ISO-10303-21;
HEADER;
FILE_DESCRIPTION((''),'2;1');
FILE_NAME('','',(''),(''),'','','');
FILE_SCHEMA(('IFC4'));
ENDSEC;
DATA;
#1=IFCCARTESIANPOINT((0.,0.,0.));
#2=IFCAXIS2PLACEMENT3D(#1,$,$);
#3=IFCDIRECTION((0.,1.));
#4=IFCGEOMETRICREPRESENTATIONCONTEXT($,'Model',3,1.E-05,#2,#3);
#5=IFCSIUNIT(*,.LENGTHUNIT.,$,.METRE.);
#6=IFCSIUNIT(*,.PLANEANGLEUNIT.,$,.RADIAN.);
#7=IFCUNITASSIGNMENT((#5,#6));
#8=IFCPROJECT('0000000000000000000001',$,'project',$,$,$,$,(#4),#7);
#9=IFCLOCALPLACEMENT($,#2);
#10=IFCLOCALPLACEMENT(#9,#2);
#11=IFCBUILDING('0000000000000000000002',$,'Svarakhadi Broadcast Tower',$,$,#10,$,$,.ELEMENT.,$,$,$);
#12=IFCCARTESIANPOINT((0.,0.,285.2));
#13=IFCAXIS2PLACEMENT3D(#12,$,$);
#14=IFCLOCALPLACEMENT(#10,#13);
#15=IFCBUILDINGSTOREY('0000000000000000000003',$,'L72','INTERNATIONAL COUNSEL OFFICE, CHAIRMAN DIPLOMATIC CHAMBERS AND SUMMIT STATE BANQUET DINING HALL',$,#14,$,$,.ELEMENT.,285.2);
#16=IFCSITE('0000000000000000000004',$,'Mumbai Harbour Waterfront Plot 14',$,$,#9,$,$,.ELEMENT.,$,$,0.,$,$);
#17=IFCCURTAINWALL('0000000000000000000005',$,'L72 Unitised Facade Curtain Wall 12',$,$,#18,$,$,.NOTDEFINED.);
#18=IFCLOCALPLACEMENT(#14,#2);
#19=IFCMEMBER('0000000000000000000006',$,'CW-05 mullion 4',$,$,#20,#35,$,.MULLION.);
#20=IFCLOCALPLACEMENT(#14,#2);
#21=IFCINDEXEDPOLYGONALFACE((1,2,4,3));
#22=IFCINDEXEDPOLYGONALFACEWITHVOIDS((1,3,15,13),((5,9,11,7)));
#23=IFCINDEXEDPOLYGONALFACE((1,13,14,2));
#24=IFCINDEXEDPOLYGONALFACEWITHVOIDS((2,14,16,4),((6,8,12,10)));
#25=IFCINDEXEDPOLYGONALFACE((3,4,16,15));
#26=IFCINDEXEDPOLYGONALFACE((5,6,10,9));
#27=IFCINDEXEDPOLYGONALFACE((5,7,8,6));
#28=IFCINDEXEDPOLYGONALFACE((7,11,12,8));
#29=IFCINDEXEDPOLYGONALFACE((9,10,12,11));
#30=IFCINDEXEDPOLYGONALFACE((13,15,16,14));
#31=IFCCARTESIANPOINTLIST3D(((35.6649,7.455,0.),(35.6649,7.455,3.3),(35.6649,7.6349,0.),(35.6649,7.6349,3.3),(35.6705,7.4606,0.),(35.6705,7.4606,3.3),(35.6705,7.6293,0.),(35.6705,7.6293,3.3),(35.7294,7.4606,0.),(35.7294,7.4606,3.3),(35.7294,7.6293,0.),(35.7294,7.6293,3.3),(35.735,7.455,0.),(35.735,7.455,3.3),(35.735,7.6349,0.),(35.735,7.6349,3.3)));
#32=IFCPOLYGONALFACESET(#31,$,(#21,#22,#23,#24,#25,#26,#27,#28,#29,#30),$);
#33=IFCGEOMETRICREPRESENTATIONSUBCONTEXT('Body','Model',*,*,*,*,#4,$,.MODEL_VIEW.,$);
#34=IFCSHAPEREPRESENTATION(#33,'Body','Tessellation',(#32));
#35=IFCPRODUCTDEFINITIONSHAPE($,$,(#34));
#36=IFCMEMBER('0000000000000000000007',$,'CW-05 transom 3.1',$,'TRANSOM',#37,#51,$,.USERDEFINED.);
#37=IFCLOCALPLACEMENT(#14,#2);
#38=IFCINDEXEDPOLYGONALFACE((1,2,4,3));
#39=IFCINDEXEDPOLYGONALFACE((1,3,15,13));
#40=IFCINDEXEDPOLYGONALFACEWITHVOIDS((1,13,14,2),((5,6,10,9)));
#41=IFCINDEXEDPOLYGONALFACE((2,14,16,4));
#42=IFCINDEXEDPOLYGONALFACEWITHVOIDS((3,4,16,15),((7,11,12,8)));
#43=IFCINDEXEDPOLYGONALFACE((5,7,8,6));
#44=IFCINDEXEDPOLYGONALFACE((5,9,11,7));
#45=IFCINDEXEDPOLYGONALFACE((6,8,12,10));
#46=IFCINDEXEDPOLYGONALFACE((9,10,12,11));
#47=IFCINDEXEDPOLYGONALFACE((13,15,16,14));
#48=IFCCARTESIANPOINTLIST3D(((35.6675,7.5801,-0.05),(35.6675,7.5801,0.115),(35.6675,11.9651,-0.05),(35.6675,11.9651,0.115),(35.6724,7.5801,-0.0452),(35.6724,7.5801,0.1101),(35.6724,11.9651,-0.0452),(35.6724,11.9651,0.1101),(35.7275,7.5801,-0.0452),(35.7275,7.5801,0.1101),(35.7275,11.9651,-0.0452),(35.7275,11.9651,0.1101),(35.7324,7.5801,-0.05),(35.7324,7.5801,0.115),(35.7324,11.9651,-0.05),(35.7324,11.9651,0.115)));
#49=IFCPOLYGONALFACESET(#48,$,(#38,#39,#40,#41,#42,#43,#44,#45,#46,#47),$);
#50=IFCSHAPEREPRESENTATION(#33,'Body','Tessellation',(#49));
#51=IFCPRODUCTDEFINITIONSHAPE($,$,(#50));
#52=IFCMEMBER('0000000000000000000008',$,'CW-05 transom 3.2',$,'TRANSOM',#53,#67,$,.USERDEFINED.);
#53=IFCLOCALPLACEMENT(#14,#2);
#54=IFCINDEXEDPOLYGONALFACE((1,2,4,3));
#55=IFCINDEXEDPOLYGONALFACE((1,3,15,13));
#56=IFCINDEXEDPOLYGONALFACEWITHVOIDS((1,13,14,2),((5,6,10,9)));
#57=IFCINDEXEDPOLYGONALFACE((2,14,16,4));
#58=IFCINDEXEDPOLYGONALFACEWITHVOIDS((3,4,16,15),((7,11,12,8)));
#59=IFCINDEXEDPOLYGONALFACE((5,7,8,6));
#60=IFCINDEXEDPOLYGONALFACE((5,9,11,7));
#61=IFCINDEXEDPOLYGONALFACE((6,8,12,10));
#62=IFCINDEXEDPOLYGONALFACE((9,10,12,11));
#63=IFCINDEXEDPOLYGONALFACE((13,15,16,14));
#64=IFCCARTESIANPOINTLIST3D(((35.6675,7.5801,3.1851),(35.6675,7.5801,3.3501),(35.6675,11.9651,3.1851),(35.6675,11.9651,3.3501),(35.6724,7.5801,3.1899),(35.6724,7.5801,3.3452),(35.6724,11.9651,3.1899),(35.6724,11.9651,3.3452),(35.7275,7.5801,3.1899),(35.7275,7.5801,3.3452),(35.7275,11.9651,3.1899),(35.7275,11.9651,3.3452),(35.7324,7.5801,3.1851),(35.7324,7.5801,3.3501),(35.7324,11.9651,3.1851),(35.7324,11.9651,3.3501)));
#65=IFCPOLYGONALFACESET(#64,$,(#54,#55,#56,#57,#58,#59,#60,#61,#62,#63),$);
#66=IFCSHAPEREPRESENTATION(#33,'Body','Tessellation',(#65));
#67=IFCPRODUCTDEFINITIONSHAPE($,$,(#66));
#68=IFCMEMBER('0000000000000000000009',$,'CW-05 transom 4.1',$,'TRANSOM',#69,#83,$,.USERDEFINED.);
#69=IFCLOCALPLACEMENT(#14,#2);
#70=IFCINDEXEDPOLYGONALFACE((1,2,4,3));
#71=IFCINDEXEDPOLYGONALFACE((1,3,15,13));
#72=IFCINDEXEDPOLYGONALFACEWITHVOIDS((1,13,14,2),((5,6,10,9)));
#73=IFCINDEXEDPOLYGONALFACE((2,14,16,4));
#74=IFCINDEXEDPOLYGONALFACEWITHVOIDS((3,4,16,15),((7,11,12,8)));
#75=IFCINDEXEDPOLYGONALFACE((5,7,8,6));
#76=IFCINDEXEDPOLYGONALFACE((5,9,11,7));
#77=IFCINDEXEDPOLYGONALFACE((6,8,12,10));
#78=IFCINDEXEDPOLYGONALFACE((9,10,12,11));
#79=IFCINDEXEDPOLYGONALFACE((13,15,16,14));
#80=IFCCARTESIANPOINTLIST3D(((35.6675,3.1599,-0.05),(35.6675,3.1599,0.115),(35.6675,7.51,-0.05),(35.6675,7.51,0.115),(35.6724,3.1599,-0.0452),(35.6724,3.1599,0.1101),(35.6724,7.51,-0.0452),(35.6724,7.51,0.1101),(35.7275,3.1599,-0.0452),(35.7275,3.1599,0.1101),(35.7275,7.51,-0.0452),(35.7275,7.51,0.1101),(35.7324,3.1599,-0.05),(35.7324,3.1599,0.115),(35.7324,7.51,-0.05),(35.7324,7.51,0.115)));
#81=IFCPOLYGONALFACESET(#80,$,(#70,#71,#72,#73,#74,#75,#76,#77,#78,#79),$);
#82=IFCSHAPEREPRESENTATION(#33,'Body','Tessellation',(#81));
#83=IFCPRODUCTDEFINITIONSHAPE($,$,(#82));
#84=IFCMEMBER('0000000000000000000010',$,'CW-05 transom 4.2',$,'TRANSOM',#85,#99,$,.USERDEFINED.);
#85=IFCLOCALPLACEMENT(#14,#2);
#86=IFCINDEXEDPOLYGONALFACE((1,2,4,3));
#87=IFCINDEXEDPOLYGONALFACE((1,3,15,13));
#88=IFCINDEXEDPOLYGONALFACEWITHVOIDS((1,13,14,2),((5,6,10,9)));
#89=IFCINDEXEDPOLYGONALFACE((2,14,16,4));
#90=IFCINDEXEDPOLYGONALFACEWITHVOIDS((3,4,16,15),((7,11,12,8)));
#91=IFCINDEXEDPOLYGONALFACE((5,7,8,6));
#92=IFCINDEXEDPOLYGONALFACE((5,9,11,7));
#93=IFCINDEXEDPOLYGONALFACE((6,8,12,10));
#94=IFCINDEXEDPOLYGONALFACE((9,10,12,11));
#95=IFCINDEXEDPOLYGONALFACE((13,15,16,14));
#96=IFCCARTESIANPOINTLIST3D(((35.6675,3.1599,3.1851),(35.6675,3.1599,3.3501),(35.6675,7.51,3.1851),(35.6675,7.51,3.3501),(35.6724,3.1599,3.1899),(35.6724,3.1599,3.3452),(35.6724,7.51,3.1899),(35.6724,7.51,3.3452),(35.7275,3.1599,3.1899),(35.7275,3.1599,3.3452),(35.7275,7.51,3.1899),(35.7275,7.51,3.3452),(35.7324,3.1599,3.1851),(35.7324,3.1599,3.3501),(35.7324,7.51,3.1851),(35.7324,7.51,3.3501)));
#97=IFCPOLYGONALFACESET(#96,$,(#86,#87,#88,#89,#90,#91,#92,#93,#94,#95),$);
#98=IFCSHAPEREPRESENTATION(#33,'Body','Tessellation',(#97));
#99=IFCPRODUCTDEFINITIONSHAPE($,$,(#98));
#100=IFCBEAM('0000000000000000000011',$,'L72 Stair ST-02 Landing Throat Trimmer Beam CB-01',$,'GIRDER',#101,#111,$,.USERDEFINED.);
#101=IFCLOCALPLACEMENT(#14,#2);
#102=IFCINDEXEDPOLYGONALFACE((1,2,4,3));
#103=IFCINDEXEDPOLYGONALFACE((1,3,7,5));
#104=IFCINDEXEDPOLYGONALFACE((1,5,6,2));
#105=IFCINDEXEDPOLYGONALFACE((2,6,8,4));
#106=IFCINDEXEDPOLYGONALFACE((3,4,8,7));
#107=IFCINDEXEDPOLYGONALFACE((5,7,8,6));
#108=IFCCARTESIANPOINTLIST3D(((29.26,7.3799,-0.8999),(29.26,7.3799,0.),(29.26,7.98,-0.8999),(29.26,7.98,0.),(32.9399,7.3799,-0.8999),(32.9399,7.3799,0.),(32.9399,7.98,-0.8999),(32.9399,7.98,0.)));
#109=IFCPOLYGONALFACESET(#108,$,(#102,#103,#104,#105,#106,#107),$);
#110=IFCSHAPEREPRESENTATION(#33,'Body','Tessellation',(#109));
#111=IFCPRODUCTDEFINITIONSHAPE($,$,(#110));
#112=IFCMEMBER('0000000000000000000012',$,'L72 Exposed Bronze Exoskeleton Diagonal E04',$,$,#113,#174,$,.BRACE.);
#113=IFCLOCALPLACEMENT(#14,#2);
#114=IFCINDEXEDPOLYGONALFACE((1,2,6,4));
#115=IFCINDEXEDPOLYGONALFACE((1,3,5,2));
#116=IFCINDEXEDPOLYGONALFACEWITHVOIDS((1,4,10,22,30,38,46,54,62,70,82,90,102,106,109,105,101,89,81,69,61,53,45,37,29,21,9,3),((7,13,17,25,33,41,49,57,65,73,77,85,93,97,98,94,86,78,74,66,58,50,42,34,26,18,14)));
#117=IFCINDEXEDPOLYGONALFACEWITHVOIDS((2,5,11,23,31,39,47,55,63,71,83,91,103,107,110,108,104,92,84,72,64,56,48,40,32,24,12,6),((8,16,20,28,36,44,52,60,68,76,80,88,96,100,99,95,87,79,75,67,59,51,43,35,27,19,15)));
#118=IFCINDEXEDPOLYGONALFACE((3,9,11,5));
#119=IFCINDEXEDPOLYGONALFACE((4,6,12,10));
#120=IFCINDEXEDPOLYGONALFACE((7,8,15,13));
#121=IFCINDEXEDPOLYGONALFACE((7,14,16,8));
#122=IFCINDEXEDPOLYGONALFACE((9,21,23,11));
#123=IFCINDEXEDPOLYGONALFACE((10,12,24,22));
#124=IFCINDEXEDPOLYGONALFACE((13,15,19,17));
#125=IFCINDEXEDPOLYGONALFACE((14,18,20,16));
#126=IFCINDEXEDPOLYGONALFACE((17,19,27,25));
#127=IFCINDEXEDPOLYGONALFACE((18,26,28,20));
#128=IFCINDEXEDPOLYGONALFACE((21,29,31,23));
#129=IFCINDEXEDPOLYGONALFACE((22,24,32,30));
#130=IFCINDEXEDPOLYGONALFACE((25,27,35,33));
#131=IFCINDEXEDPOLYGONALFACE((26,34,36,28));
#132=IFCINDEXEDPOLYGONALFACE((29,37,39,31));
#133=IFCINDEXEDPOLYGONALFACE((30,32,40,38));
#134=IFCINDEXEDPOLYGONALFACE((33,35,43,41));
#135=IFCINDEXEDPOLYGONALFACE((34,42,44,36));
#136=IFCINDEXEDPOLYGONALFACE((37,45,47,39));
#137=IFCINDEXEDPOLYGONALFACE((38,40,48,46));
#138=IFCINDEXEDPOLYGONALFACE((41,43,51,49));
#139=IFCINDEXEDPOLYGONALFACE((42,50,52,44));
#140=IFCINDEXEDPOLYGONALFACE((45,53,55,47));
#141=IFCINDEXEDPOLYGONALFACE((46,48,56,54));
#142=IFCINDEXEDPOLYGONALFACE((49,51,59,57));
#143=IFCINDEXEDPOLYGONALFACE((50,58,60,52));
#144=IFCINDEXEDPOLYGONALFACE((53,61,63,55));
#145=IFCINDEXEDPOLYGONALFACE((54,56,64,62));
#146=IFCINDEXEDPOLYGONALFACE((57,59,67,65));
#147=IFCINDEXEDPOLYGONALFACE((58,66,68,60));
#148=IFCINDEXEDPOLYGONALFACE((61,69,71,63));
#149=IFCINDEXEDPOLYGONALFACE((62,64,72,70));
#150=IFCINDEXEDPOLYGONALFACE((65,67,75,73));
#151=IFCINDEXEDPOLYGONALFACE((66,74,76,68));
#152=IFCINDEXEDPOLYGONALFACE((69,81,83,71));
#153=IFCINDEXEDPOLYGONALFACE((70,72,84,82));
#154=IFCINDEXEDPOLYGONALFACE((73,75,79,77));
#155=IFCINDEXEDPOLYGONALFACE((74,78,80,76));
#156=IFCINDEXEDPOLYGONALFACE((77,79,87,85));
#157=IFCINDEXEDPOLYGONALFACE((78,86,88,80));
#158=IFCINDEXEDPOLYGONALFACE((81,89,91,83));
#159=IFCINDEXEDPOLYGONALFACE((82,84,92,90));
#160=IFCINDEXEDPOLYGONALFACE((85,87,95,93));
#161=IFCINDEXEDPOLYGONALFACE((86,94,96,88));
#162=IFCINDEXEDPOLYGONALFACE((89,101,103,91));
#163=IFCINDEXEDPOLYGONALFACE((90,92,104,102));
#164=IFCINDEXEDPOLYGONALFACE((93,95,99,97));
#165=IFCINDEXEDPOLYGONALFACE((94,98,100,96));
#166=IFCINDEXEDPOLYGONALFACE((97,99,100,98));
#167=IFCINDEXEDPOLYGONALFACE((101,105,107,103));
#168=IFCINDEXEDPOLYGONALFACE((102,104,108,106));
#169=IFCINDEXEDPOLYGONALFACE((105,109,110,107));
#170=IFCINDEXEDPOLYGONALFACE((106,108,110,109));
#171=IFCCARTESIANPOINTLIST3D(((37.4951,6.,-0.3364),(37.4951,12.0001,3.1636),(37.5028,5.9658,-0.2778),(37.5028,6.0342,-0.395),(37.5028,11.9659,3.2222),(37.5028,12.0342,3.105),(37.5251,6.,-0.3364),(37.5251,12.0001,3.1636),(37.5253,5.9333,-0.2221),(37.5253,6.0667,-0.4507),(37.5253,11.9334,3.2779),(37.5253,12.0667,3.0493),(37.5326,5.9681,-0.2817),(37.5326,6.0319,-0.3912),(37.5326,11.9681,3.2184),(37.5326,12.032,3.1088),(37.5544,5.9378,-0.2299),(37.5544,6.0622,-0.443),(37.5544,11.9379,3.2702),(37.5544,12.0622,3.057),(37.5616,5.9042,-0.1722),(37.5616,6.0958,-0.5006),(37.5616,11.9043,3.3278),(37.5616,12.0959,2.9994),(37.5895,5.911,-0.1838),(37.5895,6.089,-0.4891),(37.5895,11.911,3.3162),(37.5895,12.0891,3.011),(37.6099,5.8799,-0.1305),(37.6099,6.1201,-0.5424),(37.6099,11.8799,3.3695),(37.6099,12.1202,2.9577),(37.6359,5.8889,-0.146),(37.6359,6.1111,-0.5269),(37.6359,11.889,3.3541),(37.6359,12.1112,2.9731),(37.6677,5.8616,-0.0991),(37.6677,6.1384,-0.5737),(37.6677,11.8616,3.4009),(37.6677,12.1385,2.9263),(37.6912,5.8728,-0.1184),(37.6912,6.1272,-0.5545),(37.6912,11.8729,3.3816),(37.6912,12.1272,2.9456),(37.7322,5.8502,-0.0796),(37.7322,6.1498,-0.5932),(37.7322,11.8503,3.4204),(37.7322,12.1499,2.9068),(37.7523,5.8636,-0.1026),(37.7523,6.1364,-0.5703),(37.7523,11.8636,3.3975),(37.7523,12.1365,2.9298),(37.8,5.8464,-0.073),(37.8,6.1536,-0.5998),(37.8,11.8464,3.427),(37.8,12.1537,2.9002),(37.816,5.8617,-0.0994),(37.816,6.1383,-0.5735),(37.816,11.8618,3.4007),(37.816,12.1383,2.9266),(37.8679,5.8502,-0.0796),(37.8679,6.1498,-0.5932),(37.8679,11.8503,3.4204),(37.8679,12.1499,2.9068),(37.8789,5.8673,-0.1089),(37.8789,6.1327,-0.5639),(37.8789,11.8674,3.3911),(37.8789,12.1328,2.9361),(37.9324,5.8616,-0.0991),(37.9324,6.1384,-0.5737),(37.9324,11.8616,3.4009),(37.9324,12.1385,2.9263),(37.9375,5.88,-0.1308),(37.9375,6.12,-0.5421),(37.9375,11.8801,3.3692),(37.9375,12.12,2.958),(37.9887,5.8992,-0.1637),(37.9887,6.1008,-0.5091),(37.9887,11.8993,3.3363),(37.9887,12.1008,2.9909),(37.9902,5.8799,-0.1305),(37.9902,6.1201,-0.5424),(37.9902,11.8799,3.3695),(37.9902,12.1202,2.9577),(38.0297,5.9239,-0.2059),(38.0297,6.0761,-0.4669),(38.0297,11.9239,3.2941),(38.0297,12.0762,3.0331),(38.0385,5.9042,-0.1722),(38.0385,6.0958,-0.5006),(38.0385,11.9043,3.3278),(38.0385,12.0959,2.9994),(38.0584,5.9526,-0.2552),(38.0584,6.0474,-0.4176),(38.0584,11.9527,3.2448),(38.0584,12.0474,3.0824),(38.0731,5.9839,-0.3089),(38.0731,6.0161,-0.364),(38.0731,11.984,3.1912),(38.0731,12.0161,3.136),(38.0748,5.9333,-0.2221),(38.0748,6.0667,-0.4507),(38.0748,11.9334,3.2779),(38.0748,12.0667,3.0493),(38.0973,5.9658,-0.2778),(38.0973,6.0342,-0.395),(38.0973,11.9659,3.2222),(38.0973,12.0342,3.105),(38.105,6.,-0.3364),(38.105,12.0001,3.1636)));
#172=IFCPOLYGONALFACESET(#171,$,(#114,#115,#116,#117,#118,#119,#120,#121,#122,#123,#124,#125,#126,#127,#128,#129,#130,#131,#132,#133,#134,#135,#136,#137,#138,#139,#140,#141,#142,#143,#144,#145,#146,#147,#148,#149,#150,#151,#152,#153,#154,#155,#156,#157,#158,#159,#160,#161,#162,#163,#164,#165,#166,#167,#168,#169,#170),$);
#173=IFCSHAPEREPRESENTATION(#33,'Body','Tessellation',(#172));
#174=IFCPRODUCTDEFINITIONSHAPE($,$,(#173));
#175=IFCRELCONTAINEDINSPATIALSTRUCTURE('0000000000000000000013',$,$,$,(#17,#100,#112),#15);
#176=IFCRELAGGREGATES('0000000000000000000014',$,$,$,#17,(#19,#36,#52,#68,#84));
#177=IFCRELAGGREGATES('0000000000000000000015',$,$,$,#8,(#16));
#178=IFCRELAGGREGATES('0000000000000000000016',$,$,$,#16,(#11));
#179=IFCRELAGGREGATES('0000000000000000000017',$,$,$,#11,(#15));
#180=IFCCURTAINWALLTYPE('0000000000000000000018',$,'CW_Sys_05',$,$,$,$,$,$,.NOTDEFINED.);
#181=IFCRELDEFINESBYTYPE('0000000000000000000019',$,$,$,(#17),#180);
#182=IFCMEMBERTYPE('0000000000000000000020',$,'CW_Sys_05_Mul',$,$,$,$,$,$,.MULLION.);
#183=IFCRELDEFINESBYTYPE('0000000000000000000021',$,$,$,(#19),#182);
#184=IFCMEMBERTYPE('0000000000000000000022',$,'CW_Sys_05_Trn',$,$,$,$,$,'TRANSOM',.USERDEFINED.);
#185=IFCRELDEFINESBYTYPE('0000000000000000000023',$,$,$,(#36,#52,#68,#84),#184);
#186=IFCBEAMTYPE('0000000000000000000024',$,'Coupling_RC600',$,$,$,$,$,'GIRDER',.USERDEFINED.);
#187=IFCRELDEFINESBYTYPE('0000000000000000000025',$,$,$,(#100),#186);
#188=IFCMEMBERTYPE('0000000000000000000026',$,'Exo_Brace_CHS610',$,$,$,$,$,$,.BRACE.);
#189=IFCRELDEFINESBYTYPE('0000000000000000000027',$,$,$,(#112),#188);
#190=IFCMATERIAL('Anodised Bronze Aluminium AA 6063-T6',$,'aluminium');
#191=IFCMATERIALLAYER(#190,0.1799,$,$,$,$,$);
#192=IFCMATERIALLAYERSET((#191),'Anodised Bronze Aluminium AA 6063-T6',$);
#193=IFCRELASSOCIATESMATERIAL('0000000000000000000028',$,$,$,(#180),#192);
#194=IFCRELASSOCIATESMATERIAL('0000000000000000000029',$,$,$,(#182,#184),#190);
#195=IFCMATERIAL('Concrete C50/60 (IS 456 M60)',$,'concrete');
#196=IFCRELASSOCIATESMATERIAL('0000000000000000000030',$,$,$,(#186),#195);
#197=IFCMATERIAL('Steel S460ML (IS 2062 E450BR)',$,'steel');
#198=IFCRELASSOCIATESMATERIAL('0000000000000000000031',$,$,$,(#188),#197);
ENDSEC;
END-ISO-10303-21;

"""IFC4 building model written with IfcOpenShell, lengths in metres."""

from ifc_helpers import new_model, si_unit, direction, frame, origin, origin_2d, place, context, subcontext, project, spatial, rectangle, hollow_rectangle, hollow_circle, extrude, material, layer, layer_set, material_profile, profile_set, type_object, element, aggregate, save


model = new_model("IFC4")

# Units and contexts
model_context = context("Model", 3, precision=1e-05, world=origin(), true_north=direction((0.0, 1.0)))
body_context = subcontext(model_context, "Body", "Model", "MODEL_VIEW")
ifc_project = project(units=[si_unit("LENGTHUNIT", "METRE"), si_unit("PLANEANGLEUNIT", "RADIAN")], contexts=[model_context])

# Site, building, storey
site_placement = place(None, origin())
site = spatial("IfcSite", under=ifc_project, at=site_placement, Name="Mumbai Harbour Waterfront Plot 14", CompositionType="ELEMENT", RefElevation=0.0)
building_placement = place(site_placement, origin())
building = spatial("IfcBuilding", under=site, at=building_placement, Name="Svarakhadi Broadcast Tower", CompositionType="ELEMENT")
storey_placement = place(building_placement, frame((0.0, 0.0, 285.2)))
storey = spatial("IfcBuildingStorey", under=building, at=storey_placement, Name="L72", Description="INTERNATIONAL COUNSEL OFFICE, CHAIRMAN DIPLOMATIC CHAMBERS AND SUMMIT STATE BANQUET DINING HALL", CompositionType="ELEMENT", Elevation=285.2)

# Curtain wall, members
ifc_material_1 = material(Name="Anodised Bronze Aluminium AA 6063-T6", Category="aluminium")
ifc_layer_1 = layer(ifc_material_1, 0.1799)
ifc_layer_set_1 = layer_set([ifc_layer_1], Name="Anodised Bronze Aluminium AA 6063-T6")
curtain_wall_type = type_object("IfcCurtainWallType", Name="CW_Sys_05", PredefinedType="NOTDEFINED", material=ifc_layer_set_1)
curtain_wall_placement = place(storey_placement, origin())
curtain_wall = element("IfcCurtainWall", 1, at=curtain_wall_placement, inside=storey, type_object=curtain_wall_type, Name="L72 Unitised Facade Curtain Wall 12", PredefinedType="NOTDEFINED")
ifc_material_profile_1 = material_profile(ifc_material_1, hollow_rectangle(XDim=0.0701, YDim=0.1799, WallThickness=0.0056, at=origin_2d()), Name="ALU MULLION 180x70x6")
ifc_profile_set_1 = profile_set([ifc_material_profile_1], Name="Anodised Bronze Aluminium AA 6063-T6")
member_type_1 = type_object("IfcMemberType", Name="CW_Sys_05_Mul", PredefinedType="MULLION", material=ifc_profile_set_1)
member_1_placement = place(storey_placement, frame((35.7, 7.5449, 0.0), z_axis=(0.0, 0.0, 1.0), x_axis=(1.0, 0.0, 0.0)))
member_1 = element("IfcMember", 2, at=member_1_placement, type_object=member_type_1, Name="CW-05 mullion 4", PredefinedType="MULLION", context=body_context, shape_type="SweptSolid", body=[
    extrude(hollow_rectangle(XDim=0.0701, YDim=0.1799, WallThickness=0.0056, at=origin_2d()), origin(), (0.0, 0.0, 1.0), 3.3),
])
ifc_material_profile_2 = material_profile(ifc_material_1, hollow_rectangle(XDim=0.0649, YDim=0.165, WallThickness=0.0049, at=origin_2d()), Name="ALU TRANSOM 165x65x5")
ifc_profile_set_2 = profile_set([ifc_material_profile_2], Name="Anodised Bronze Aluminium AA 6063-T6")
member_type_2 = type_object("IfcMemberType", Name="CW_Sys_05_Trn", ElementType="TRANSOM", PredefinedType="USERDEFINED", material=ifc_profile_set_2)
member_2_placement = place(storey_placement, frame((35.7, 11.9651, 0.0325), z_axis=(0.0, -1.0, 0.0), x_axis=(1.0, 0.0, 0.0)))
member_2 = element("IfcMember", 3, at=member_2_placement, type_object=member_type_2, Name="CW-05 transom 3.1", ObjectType="TRANSOM", PredefinedType="USERDEFINED", context=body_context, shape_type="SweptSolid", body=[
    extrude(hollow_rectangle(XDim=0.0649, YDim=0.165, WallThickness=0.0049, at=origin_2d()), origin(), (0.0, 0.0, 1.0), 4.385),
])
member_3_placement = place(storey_placement, frame((35.7, 11.9651, 3.2676), z_axis=(0.0, -1.0, 0.0), x_axis=(1.0, 0.0, 0.0)))
member_3 = element("IfcMember", 4, at=member_3_placement, type_object=member_type_2, Name="CW-05 transom 3.2", ObjectType="TRANSOM", PredefinedType="USERDEFINED", context=body_context, shape_type="SweptSolid", body=[
    extrude(hollow_rectangle(XDim=0.0649, YDim=0.165, WallThickness=0.0049, at=origin_2d()), origin(), (0.0, 0.0, 1.0), 4.385),
])
member_4_placement = place(storey_placement, frame((35.7, 7.51, 0.0325), z_axis=(0.0, -1.0, 0.0), x_axis=(1.0, 0.0, 0.0)))
member_4 = element("IfcMember", 5, at=member_4_placement, type_object=member_type_2, Name="CW-05 transom 4.1", ObjectType="TRANSOM", PredefinedType="USERDEFINED", context=body_context, shape_type="SweptSolid", body=[
    extrude(hollow_rectangle(XDim=0.0649, YDim=0.165, WallThickness=0.0049, at=origin_2d()), origin(), (0.0, 0.0, 1.0), 4.3501),
])
member_5_placement = place(storey_placement, frame((35.7, 7.51, 3.2676), z_axis=(0.0, -1.0, 0.0), x_axis=(1.0, 0.0, 0.0)))
member_5 = element("IfcMember", 6, at=member_5_placement, type_object=member_type_2, Name="CW-05 transom 4.2", ObjectType="TRANSOM", PredefinedType="USERDEFINED", context=body_context, shape_type="SweptSolid", body=[
    extrude(hollow_rectangle(XDim=0.0649, YDim=0.165, WallThickness=0.0049, at=origin_2d()), origin(), (0.0, 0.0, 1.0), 4.3501),
])

# Beam
ifc_material_2 = material(Name="Concrete C50/60 (IS 456 M60)", Category="concrete")
ifc_material_profile_3 = material_profile(ifc_material_2, rectangle(XDim=0.6001, YDim=0.8999, at=origin_2d()), Name="RC 600x900")
ifc_profile_set_3 = profile_set([ifc_material_profile_3], Name="Concrete C50/60 (IS 456 M60)")
beam_type_1 = type_object("IfcBeamType", Name="Coupling_RC600", ElementType="GIRDER", PredefinedType="USERDEFINED", material=ifc_profile_set_3)
beam_1_placement = place(storey_placement, frame((29.26, 7.6799, -0.45), z_axis=(1.0, 0.0, 0.0), x_axis=(0.0, 1.0, 0.0)))
element("IfcBeam", 7, at=beam_1_placement, inside=storey, type_object=beam_type_1, Name="L72 Stair ST-02 Landing Throat Trimmer Beam CB-01", ObjectType="GIRDER", PredefinedType="USERDEFINED", context=body_context, shape_type="SweptSolid", body=[
    extrude(rectangle(XDim=0.6001, YDim=0.8999, at=origin_2d()), origin(), (0.0, 0.0, 1.0), 3.6799),
])

# Member
ifc_material_3 = material(Name="Steel S460ML (IS 2062 E450BR)", Category="steel")
ifc_material_profile_4 = material_profile(ifc_material_3, hollow_circle(Radius=0.3049, WallThickness=0.03, at=origin_2d()), Name="CHS 610x30")
ifc_profile_set_4 = profile_set([ifc_material_profile_4], Name="Steel S460ML (IS 2062 E450BR)")
member_type_3 = type_object("IfcMemberType", Name="Exo_Brace_CHS610", PredefinedType="BRACE", material=ifc_profile_set_4)
member_6_placement = place(storey_placement, frame((37.8, 6.0, -0.3364), z_axis=(0.0, 0.863779, 0.503871), x_axis=(-1.0, 0.0, 0.0)))
element("IfcMember", 8, at=member_6_placement, inside=storey, type_object=member_type_3, Name="L72 Exposed Bronze Exoskeleton Diagonal E04", PredefinedType="BRACE", context=body_context, shape_type="SweptSolid", body=[
    extrude(hollow_circle(Radius=0.3049, WallThickness=0.03, at=origin_2d()), origin(), (0.0, 0.0, 1.0), 6.9463),
])

aggregate(curtain_wall, [member_1, member_2, member_3, member_4, member_5])

save(model, "model.ifc")
